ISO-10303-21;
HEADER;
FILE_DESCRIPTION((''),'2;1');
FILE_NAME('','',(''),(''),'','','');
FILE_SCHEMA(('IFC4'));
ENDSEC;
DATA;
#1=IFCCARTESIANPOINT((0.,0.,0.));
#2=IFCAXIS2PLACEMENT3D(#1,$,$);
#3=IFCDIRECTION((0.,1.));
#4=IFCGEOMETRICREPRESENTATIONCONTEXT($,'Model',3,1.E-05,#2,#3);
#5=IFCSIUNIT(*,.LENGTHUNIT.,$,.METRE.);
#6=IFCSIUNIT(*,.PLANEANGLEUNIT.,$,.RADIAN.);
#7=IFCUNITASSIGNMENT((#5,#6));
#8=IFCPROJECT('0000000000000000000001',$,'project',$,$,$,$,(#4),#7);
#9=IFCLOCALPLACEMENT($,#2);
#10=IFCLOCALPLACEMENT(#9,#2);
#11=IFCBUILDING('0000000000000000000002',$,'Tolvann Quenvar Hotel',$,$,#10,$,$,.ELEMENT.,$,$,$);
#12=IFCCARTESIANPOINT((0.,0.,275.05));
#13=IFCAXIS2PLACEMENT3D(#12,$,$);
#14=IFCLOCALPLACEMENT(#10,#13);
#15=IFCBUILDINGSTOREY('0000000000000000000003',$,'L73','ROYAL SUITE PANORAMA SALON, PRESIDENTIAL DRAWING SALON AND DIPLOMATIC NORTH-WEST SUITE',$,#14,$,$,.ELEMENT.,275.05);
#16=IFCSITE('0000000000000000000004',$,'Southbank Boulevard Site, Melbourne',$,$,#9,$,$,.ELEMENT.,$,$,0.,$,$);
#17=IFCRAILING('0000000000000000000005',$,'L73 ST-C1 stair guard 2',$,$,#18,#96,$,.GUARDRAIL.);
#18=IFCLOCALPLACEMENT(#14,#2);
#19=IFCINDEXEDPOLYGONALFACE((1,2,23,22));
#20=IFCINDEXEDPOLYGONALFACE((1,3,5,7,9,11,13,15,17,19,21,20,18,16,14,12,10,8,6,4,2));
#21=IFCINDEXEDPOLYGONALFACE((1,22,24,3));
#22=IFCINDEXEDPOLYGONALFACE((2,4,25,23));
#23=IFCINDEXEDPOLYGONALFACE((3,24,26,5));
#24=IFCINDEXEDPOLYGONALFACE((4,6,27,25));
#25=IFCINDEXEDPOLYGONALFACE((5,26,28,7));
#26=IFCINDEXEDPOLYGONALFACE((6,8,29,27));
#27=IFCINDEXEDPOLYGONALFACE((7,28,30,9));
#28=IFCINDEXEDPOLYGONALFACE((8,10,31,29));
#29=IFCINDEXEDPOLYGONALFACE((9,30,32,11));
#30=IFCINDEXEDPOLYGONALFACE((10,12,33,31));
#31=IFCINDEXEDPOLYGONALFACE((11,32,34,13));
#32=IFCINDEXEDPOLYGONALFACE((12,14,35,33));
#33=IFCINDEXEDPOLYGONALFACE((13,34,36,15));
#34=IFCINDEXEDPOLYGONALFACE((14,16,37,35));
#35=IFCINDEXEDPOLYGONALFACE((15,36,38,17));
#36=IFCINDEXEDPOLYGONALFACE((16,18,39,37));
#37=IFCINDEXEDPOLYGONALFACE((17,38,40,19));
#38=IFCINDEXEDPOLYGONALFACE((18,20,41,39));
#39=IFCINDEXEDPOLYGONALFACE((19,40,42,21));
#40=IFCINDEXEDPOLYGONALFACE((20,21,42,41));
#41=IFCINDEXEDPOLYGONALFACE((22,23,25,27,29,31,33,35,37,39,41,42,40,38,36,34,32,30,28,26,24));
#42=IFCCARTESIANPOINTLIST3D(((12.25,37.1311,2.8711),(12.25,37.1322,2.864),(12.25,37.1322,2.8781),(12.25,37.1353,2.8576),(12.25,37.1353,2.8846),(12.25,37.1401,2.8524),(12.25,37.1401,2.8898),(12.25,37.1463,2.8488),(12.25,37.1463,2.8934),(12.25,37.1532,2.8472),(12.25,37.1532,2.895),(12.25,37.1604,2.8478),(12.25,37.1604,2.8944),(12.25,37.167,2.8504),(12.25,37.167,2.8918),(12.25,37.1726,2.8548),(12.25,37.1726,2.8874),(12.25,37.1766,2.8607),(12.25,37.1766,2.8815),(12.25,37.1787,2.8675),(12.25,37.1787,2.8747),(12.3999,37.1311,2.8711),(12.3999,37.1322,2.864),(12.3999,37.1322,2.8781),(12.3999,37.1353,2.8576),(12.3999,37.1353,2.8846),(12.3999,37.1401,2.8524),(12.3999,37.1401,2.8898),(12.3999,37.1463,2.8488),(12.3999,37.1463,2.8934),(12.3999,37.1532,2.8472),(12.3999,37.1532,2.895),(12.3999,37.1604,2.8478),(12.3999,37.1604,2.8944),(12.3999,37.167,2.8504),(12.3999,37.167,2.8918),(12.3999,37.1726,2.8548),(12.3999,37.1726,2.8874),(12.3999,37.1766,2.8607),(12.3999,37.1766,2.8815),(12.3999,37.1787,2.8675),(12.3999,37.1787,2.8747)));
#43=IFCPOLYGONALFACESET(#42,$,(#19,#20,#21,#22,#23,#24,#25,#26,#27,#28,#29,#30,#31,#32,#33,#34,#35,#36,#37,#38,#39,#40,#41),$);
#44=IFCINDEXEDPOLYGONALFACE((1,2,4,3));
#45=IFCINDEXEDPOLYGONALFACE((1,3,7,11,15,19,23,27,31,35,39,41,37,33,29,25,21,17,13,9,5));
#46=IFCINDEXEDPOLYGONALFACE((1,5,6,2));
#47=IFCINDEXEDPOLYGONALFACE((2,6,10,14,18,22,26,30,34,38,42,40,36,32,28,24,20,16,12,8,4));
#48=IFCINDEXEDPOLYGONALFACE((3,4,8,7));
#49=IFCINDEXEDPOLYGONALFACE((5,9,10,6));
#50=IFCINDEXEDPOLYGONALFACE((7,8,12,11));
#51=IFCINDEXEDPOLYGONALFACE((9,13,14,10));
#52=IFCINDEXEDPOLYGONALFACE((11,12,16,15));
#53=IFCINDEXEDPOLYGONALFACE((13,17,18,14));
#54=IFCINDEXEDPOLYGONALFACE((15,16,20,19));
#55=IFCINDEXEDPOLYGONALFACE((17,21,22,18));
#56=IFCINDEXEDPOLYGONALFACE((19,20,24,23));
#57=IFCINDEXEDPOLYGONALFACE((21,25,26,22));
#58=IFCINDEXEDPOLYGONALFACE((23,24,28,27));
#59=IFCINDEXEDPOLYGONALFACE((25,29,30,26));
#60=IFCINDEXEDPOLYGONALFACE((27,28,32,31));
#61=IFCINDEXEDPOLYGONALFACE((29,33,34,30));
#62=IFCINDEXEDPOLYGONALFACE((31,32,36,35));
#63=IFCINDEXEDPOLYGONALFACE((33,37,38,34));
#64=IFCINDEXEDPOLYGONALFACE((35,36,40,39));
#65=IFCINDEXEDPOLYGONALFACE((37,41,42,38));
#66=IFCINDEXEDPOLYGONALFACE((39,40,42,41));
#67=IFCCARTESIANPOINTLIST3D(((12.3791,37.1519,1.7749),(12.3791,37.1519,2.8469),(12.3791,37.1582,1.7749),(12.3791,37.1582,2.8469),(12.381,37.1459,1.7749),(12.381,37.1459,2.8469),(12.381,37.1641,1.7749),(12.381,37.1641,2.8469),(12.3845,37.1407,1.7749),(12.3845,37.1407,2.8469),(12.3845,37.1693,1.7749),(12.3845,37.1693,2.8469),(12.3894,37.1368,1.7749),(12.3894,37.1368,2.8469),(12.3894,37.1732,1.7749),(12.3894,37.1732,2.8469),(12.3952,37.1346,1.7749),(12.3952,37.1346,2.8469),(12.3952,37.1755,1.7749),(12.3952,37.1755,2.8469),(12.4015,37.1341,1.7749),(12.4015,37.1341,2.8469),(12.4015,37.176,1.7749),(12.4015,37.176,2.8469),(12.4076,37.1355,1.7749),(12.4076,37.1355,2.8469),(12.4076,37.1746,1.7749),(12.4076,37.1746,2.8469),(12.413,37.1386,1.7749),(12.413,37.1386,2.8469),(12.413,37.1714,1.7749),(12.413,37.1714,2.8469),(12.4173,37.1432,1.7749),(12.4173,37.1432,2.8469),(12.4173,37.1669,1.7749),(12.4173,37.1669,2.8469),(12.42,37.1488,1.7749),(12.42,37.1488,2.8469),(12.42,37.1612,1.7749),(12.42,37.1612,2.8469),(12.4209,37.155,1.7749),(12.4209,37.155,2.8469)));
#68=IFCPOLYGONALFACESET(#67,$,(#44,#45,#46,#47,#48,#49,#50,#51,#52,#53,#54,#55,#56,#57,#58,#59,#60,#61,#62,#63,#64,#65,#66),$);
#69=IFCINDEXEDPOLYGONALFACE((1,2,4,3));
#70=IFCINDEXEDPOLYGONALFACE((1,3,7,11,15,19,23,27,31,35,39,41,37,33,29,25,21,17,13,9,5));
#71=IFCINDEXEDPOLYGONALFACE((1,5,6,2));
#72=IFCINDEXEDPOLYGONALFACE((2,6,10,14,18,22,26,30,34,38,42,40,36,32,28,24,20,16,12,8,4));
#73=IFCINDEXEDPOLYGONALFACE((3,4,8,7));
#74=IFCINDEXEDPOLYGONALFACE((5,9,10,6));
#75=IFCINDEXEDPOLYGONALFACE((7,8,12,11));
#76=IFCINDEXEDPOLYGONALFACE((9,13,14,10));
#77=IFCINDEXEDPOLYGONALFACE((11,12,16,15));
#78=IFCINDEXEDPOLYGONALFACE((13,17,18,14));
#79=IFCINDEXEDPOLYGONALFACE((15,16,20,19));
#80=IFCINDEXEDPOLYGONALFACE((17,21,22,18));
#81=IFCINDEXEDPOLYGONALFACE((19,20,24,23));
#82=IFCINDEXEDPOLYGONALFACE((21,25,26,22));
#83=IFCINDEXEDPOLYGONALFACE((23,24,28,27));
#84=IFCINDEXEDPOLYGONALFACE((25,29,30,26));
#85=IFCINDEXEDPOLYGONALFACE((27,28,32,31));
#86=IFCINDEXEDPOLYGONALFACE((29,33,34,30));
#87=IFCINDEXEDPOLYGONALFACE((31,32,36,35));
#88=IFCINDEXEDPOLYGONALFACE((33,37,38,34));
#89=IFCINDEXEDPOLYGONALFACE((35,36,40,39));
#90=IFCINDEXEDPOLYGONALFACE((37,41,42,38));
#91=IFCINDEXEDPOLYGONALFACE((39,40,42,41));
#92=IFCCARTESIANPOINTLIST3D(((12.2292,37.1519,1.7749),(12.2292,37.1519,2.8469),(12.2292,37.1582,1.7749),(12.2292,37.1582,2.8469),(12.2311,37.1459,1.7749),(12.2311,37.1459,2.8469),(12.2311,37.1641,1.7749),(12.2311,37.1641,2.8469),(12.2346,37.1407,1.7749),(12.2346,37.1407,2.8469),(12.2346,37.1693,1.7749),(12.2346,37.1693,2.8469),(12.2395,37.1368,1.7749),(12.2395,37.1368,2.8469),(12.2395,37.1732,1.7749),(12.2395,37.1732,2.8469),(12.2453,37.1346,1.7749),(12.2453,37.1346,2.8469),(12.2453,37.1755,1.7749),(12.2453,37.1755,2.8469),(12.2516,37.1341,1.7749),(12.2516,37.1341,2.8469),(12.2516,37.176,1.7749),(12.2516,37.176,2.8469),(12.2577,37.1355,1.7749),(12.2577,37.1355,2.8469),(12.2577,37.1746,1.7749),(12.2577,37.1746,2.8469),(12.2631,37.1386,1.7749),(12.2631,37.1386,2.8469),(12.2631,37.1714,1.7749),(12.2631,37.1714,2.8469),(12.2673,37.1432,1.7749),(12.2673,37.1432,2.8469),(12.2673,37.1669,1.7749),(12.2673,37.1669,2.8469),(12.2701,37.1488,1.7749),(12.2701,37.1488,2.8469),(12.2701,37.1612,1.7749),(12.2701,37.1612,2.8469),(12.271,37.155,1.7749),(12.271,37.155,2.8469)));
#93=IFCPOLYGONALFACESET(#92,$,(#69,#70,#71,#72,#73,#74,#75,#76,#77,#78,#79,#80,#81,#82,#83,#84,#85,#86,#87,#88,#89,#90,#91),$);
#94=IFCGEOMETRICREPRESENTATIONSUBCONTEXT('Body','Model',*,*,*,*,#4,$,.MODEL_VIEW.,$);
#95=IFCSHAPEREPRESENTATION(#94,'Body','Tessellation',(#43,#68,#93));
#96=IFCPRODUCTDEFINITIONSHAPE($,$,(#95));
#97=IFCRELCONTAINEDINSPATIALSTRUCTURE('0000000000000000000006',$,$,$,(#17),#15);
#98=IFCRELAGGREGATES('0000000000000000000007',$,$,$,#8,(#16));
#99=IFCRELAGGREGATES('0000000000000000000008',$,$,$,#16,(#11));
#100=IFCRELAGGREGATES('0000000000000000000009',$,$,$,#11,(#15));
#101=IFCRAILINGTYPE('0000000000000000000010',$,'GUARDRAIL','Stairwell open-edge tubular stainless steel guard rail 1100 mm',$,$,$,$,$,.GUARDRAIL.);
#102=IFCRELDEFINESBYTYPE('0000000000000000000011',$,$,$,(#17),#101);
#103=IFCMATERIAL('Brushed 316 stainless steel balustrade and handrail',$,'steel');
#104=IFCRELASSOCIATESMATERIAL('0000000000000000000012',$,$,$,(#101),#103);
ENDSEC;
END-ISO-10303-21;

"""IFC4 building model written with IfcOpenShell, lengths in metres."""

from ifc_helpers import new_model, si_unit, direction, frame, origin, origin_2d, place, context, subcontext, project, spatial, circle, extrude, material, type_object, element, save


model = new_model("IFC4")

# Units and contexts
model_context = context("Model", 3, precision=1e-05, world=origin(), true_north=direction((0.0, 1.0)))
body_context = subcontext(model_context, "Body", "Model", "MODEL_VIEW")
ifc_project = project(units=[si_unit("LENGTHUNIT", "METRE"), si_unit("PLANEANGLEUNIT", "RADIAN")], contexts=[model_context])

# Site, building, storey
site_placement = place(None, origin())
site = spatial("IfcSite", under=ifc_project, at=site_placement, Name="Southbank Boulevard Site, Melbourne", CompositionType="ELEMENT", RefElevation=0.0)
building_placement = place(site_placement, origin())
building = spatial("IfcBuilding", under=site, at=building_placement, Name="Tolvann Quenvar Hotel", CompositionType="ELEMENT")
storey_placement = place(building_placement, frame((0.0, 0.0, 275.05)))
storey = spatial("IfcBuildingStorey", under=building, at=storey_placement, Name="L73", Description="ROYAL SUITE PANORAMA SALON, PRESIDENTIAL DRAWING SALON AND DIPLOMATIC NORTH-WEST SUITE", CompositionType="ELEMENT", Elevation=275.05)

# Railing
ifc_material_1 = material(Name="Brushed 316 stainless steel balustrade and handrail", Category="steel")
railing_type_1 = type_object("IfcRailingType", Name="GUARDRAIL", Description="Stairwell open-edge tubular stainless steel guard rail 1100 mm", PredefinedType="GUARDRAIL", material=ifc_material_1)
railing_1_placement = place(storey_placement, frame((12.3999, 37.155, 1.7749)))
element("IfcRailing", 1, at=railing_1_placement, inside=storey, type_object=railing_type_1, Name="L73 ST-C1 stair guard 2", PredefinedType="GUARDRAIL", context=body_context, shape_type="SweptSolid", body=[
    extrude(circle(Radius=0.0239, at=origin_2d()), frame((0.0, 0.0, 1.0962), z_axis=(-1.0, 0.0, 0.0), x_axis=(0.0, -1.0, 0.0)), (0.0, 0.0, 1.0), 0.1499),
    extrude(circle(Radius=0.021, at=origin_2d()), origin(), (0.0, 0.0, 1.0), 1.072),
    extrude(circle(Radius=0.021, at=origin_2d()), frame((-0.1499, 0.0, 0.0)), (0.0, 0.0, 1.0), 1.072),
])

save(model, "model.ifc")
